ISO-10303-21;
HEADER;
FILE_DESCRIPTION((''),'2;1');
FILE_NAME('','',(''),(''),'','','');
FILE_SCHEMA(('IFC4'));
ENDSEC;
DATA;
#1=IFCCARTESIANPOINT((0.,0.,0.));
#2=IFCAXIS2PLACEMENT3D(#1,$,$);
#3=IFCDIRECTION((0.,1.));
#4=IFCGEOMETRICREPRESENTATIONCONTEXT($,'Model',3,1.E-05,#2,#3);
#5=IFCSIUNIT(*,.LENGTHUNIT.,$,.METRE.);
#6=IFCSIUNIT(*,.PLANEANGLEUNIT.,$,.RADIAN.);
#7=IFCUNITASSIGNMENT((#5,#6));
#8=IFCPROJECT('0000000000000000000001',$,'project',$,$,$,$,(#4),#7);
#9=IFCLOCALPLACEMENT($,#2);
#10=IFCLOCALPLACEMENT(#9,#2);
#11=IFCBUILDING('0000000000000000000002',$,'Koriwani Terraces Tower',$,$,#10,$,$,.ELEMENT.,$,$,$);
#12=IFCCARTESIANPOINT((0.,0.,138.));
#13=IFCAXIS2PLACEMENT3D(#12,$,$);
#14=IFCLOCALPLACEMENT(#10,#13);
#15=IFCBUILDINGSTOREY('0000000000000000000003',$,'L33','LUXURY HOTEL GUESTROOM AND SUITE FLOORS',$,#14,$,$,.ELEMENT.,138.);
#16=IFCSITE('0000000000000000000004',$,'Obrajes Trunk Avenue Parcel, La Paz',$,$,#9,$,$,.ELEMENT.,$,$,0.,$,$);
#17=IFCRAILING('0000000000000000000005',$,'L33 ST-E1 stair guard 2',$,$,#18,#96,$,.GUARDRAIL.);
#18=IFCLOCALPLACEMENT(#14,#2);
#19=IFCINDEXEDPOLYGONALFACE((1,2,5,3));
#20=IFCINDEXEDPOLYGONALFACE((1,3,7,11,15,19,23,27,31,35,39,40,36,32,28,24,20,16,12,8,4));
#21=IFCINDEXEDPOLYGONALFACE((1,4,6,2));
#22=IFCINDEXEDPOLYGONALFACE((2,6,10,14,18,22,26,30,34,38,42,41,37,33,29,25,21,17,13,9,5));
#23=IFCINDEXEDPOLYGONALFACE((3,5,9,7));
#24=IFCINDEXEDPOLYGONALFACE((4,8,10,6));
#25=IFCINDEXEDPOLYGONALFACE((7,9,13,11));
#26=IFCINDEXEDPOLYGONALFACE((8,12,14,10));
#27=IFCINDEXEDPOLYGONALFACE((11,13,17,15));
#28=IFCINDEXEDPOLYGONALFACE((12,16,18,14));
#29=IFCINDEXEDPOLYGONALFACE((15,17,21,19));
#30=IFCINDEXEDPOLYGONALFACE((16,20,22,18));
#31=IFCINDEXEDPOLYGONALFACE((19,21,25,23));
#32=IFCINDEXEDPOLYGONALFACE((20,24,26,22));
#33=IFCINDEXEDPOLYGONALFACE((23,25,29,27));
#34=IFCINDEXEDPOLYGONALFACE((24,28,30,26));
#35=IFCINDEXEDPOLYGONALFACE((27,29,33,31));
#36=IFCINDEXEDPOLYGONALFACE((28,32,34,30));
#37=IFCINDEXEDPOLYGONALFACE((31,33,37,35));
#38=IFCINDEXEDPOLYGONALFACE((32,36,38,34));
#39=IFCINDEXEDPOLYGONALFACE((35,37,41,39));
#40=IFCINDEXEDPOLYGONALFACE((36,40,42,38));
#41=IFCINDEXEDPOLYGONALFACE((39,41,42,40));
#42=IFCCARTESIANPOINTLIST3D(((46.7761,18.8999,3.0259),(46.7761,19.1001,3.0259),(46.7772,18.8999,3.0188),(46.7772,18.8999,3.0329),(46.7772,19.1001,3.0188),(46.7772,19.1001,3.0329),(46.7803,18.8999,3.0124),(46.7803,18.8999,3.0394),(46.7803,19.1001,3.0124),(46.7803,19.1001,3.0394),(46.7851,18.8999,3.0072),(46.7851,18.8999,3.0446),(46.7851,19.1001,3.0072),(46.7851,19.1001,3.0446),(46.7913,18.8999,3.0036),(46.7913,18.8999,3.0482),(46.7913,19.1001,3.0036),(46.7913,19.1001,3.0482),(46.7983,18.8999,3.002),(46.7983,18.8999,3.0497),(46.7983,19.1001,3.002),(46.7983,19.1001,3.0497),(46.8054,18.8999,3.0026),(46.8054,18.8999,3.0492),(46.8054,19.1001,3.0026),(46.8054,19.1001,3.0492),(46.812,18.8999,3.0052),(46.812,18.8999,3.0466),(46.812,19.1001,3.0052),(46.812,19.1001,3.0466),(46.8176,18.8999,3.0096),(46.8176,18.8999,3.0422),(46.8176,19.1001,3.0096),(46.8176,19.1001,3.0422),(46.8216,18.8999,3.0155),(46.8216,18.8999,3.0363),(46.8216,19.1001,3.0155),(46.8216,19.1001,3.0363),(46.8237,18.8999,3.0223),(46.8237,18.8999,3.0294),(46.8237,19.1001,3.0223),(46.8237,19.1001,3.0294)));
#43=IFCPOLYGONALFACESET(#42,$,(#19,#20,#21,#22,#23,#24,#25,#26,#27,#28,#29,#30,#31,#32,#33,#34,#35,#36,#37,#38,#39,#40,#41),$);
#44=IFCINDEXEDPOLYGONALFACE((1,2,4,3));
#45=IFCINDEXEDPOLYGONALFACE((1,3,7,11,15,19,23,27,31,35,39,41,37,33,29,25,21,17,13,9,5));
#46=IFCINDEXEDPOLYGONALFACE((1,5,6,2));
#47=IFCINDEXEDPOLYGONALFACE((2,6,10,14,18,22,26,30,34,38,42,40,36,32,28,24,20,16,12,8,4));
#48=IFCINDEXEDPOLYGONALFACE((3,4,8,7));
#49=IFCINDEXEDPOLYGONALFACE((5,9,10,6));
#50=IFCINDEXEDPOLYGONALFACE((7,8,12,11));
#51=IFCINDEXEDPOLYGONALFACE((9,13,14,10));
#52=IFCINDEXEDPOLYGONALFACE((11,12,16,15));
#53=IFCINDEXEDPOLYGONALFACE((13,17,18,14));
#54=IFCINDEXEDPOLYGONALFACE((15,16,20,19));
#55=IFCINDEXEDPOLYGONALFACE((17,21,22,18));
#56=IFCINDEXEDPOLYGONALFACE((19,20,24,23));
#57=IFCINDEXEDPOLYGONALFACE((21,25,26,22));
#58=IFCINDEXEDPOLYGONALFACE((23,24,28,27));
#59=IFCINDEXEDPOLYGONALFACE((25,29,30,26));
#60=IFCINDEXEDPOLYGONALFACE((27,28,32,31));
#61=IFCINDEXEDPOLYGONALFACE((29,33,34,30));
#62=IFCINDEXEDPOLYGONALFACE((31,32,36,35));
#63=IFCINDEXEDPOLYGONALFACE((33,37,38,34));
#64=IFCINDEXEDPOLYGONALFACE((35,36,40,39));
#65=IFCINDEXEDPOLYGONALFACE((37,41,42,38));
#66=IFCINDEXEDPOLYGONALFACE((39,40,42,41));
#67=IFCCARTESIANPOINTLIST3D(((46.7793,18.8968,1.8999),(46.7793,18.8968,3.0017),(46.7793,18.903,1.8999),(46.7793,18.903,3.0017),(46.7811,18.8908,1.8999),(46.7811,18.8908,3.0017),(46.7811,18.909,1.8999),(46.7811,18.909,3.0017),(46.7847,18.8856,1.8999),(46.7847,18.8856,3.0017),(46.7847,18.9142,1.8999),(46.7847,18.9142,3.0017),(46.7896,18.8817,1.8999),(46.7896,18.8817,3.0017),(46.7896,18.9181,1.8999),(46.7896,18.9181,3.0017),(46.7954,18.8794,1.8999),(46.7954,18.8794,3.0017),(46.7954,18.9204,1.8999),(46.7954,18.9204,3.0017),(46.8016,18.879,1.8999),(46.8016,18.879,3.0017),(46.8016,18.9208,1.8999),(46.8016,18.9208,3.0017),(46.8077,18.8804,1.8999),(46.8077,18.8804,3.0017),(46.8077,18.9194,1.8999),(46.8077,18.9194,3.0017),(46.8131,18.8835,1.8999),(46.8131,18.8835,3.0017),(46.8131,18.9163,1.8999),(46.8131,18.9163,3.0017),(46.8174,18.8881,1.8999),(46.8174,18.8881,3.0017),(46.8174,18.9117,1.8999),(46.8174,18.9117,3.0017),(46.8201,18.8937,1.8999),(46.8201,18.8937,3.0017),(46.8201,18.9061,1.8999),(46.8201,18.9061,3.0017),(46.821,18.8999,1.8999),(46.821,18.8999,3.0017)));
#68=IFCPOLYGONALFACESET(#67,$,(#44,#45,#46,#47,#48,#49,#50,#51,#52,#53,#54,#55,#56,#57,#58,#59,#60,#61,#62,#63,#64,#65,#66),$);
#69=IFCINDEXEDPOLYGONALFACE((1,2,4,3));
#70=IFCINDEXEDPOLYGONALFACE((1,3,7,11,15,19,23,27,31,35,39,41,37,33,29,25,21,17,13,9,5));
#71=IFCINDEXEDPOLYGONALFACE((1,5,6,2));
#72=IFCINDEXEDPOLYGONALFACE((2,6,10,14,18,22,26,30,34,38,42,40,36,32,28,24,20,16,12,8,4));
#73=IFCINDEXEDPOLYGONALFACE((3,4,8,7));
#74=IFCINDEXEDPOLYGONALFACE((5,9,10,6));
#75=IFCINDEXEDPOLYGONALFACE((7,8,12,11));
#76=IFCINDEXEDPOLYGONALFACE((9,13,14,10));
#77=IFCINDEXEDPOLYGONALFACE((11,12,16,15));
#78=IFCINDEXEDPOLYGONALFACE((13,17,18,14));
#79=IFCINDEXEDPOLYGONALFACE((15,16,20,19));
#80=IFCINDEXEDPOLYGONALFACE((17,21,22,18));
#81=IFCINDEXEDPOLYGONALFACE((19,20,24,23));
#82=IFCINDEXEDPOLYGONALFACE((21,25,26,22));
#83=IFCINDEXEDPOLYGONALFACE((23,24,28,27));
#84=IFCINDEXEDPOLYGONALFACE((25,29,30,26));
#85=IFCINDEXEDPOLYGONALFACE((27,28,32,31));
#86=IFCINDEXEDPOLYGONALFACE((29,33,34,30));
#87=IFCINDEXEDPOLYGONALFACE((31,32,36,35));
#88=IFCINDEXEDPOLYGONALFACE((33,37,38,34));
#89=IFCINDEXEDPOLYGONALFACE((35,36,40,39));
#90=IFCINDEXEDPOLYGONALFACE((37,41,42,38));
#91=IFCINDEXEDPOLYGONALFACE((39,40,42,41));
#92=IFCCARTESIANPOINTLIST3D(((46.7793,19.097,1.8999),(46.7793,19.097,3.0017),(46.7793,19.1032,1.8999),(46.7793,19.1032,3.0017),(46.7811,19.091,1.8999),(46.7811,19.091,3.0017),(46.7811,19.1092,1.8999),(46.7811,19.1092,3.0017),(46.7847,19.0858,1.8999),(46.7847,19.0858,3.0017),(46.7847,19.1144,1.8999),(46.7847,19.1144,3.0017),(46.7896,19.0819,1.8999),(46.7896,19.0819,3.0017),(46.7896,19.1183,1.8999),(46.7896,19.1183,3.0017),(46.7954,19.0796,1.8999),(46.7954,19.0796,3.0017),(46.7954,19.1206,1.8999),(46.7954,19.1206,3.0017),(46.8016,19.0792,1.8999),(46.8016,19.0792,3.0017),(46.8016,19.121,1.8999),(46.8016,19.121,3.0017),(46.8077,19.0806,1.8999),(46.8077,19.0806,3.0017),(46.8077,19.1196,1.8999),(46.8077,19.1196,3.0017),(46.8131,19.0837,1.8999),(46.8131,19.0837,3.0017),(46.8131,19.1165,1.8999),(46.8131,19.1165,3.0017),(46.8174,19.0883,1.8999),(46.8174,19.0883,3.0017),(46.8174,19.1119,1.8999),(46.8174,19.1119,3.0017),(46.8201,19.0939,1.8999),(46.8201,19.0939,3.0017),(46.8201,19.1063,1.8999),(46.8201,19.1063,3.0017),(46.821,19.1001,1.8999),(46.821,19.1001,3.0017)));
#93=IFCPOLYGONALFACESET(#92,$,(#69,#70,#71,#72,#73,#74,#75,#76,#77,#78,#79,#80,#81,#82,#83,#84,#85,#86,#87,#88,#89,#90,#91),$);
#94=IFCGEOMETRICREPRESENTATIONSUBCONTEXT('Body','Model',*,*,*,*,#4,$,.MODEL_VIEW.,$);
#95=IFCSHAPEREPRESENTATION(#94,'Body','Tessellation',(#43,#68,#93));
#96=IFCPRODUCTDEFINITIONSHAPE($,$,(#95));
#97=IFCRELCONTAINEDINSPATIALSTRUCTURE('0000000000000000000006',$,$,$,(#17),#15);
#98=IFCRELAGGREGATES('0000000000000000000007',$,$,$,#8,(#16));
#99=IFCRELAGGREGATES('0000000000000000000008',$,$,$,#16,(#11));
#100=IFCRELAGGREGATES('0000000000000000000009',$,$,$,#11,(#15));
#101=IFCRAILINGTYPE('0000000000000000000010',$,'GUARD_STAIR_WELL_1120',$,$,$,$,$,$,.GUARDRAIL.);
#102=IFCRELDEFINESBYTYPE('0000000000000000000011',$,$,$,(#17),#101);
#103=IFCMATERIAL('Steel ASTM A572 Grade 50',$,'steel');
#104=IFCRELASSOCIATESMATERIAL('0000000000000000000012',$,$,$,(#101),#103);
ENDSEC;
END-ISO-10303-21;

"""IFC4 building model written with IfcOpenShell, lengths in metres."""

from ifc_helpers import new_model, si_unit, direction, frame, origin, origin_2d, place, context, subcontext, project, spatial, circle, extrude, material, type_object, element, save


model = new_model("IFC4")

# Units and contexts
model_context = context("Model", 3, precision=1e-05, world=origin(), true_north=direction((0.0, 1.0)))
body_context = subcontext(model_context, "Body", "Model", "MODEL_VIEW")
ifc_project = project(units=[si_unit("LENGTHUNIT", "METRE"), si_unit("PLANEANGLEUNIT", "RADIAN")], contexts=[model_context])

# Site, building, storey
site_placement = place(None, origin())
site = spatial("IfcSite", under=ifc_project, at=site_placement, Name="Obrajes Trunk Avenue Parcel, La Paz", CompositionType="ELEMENT", RefElevation=0.0)
building_placement = place(site_placement, origin())
building = spatial("IfcBuilding", under=site, at=building_placement, Name="Koriwani Terraces Tower", CompositionType="ELEMENT")
storey_placement = place(building_placement, frame((0.0, 0.0, 138.0)))
storey = spatial("IfcBuildingStorey", under=building, at=storey_placement, Name="L33", Description="LUXURY HOTEL GUESTROOM AND SUITE FLOORS", CompositionType="ELEMENT", Elevation=138.0)

# Shared definitions
ifc_material_1 = material(Name="Steel ASTM A572 Grade 50", Category="steel")

# Railing
railing_type_1 = type_object("IfcRailingType", Name="GUARD_STAIR_WELL_1120", PredefinedType="GUARDRAIL", material=ifc_material_1)
railing_1_placement = place(storey_placement, frame((46.8, 18.8999, 1.8999)))
element("IfcRailing", 1, at=railing_1_placement, inside=storey, type_object=railing_type_1, Name="L33 ST-E1 stair guard 2", PredefinedType="GUARDRAIL", context=body_context, shape_type="SweptSolid", body=[
    extrude(circle(Radius=0.0239, at=origin_2d()), frame((0.0, 0.0, 1.126), z_axis=(0.0, 1.0, 0.0), x_axis=(-1.0, 0.0, 0.0)), (0.0, 0.0, 1.0), 0.2002),
    extrude(circle(Radius=0.021, at=origin_2d()), origin(), (0.0, 0.0, 1.0), 1.1018),
    extrude(circle(Radius=0.021, at=origin_2d()), frame((0.0, 0.2002, 0.0)), (0.0, 0.0, 1.0), 1.1018),
])

save(model, "model.ifc")
